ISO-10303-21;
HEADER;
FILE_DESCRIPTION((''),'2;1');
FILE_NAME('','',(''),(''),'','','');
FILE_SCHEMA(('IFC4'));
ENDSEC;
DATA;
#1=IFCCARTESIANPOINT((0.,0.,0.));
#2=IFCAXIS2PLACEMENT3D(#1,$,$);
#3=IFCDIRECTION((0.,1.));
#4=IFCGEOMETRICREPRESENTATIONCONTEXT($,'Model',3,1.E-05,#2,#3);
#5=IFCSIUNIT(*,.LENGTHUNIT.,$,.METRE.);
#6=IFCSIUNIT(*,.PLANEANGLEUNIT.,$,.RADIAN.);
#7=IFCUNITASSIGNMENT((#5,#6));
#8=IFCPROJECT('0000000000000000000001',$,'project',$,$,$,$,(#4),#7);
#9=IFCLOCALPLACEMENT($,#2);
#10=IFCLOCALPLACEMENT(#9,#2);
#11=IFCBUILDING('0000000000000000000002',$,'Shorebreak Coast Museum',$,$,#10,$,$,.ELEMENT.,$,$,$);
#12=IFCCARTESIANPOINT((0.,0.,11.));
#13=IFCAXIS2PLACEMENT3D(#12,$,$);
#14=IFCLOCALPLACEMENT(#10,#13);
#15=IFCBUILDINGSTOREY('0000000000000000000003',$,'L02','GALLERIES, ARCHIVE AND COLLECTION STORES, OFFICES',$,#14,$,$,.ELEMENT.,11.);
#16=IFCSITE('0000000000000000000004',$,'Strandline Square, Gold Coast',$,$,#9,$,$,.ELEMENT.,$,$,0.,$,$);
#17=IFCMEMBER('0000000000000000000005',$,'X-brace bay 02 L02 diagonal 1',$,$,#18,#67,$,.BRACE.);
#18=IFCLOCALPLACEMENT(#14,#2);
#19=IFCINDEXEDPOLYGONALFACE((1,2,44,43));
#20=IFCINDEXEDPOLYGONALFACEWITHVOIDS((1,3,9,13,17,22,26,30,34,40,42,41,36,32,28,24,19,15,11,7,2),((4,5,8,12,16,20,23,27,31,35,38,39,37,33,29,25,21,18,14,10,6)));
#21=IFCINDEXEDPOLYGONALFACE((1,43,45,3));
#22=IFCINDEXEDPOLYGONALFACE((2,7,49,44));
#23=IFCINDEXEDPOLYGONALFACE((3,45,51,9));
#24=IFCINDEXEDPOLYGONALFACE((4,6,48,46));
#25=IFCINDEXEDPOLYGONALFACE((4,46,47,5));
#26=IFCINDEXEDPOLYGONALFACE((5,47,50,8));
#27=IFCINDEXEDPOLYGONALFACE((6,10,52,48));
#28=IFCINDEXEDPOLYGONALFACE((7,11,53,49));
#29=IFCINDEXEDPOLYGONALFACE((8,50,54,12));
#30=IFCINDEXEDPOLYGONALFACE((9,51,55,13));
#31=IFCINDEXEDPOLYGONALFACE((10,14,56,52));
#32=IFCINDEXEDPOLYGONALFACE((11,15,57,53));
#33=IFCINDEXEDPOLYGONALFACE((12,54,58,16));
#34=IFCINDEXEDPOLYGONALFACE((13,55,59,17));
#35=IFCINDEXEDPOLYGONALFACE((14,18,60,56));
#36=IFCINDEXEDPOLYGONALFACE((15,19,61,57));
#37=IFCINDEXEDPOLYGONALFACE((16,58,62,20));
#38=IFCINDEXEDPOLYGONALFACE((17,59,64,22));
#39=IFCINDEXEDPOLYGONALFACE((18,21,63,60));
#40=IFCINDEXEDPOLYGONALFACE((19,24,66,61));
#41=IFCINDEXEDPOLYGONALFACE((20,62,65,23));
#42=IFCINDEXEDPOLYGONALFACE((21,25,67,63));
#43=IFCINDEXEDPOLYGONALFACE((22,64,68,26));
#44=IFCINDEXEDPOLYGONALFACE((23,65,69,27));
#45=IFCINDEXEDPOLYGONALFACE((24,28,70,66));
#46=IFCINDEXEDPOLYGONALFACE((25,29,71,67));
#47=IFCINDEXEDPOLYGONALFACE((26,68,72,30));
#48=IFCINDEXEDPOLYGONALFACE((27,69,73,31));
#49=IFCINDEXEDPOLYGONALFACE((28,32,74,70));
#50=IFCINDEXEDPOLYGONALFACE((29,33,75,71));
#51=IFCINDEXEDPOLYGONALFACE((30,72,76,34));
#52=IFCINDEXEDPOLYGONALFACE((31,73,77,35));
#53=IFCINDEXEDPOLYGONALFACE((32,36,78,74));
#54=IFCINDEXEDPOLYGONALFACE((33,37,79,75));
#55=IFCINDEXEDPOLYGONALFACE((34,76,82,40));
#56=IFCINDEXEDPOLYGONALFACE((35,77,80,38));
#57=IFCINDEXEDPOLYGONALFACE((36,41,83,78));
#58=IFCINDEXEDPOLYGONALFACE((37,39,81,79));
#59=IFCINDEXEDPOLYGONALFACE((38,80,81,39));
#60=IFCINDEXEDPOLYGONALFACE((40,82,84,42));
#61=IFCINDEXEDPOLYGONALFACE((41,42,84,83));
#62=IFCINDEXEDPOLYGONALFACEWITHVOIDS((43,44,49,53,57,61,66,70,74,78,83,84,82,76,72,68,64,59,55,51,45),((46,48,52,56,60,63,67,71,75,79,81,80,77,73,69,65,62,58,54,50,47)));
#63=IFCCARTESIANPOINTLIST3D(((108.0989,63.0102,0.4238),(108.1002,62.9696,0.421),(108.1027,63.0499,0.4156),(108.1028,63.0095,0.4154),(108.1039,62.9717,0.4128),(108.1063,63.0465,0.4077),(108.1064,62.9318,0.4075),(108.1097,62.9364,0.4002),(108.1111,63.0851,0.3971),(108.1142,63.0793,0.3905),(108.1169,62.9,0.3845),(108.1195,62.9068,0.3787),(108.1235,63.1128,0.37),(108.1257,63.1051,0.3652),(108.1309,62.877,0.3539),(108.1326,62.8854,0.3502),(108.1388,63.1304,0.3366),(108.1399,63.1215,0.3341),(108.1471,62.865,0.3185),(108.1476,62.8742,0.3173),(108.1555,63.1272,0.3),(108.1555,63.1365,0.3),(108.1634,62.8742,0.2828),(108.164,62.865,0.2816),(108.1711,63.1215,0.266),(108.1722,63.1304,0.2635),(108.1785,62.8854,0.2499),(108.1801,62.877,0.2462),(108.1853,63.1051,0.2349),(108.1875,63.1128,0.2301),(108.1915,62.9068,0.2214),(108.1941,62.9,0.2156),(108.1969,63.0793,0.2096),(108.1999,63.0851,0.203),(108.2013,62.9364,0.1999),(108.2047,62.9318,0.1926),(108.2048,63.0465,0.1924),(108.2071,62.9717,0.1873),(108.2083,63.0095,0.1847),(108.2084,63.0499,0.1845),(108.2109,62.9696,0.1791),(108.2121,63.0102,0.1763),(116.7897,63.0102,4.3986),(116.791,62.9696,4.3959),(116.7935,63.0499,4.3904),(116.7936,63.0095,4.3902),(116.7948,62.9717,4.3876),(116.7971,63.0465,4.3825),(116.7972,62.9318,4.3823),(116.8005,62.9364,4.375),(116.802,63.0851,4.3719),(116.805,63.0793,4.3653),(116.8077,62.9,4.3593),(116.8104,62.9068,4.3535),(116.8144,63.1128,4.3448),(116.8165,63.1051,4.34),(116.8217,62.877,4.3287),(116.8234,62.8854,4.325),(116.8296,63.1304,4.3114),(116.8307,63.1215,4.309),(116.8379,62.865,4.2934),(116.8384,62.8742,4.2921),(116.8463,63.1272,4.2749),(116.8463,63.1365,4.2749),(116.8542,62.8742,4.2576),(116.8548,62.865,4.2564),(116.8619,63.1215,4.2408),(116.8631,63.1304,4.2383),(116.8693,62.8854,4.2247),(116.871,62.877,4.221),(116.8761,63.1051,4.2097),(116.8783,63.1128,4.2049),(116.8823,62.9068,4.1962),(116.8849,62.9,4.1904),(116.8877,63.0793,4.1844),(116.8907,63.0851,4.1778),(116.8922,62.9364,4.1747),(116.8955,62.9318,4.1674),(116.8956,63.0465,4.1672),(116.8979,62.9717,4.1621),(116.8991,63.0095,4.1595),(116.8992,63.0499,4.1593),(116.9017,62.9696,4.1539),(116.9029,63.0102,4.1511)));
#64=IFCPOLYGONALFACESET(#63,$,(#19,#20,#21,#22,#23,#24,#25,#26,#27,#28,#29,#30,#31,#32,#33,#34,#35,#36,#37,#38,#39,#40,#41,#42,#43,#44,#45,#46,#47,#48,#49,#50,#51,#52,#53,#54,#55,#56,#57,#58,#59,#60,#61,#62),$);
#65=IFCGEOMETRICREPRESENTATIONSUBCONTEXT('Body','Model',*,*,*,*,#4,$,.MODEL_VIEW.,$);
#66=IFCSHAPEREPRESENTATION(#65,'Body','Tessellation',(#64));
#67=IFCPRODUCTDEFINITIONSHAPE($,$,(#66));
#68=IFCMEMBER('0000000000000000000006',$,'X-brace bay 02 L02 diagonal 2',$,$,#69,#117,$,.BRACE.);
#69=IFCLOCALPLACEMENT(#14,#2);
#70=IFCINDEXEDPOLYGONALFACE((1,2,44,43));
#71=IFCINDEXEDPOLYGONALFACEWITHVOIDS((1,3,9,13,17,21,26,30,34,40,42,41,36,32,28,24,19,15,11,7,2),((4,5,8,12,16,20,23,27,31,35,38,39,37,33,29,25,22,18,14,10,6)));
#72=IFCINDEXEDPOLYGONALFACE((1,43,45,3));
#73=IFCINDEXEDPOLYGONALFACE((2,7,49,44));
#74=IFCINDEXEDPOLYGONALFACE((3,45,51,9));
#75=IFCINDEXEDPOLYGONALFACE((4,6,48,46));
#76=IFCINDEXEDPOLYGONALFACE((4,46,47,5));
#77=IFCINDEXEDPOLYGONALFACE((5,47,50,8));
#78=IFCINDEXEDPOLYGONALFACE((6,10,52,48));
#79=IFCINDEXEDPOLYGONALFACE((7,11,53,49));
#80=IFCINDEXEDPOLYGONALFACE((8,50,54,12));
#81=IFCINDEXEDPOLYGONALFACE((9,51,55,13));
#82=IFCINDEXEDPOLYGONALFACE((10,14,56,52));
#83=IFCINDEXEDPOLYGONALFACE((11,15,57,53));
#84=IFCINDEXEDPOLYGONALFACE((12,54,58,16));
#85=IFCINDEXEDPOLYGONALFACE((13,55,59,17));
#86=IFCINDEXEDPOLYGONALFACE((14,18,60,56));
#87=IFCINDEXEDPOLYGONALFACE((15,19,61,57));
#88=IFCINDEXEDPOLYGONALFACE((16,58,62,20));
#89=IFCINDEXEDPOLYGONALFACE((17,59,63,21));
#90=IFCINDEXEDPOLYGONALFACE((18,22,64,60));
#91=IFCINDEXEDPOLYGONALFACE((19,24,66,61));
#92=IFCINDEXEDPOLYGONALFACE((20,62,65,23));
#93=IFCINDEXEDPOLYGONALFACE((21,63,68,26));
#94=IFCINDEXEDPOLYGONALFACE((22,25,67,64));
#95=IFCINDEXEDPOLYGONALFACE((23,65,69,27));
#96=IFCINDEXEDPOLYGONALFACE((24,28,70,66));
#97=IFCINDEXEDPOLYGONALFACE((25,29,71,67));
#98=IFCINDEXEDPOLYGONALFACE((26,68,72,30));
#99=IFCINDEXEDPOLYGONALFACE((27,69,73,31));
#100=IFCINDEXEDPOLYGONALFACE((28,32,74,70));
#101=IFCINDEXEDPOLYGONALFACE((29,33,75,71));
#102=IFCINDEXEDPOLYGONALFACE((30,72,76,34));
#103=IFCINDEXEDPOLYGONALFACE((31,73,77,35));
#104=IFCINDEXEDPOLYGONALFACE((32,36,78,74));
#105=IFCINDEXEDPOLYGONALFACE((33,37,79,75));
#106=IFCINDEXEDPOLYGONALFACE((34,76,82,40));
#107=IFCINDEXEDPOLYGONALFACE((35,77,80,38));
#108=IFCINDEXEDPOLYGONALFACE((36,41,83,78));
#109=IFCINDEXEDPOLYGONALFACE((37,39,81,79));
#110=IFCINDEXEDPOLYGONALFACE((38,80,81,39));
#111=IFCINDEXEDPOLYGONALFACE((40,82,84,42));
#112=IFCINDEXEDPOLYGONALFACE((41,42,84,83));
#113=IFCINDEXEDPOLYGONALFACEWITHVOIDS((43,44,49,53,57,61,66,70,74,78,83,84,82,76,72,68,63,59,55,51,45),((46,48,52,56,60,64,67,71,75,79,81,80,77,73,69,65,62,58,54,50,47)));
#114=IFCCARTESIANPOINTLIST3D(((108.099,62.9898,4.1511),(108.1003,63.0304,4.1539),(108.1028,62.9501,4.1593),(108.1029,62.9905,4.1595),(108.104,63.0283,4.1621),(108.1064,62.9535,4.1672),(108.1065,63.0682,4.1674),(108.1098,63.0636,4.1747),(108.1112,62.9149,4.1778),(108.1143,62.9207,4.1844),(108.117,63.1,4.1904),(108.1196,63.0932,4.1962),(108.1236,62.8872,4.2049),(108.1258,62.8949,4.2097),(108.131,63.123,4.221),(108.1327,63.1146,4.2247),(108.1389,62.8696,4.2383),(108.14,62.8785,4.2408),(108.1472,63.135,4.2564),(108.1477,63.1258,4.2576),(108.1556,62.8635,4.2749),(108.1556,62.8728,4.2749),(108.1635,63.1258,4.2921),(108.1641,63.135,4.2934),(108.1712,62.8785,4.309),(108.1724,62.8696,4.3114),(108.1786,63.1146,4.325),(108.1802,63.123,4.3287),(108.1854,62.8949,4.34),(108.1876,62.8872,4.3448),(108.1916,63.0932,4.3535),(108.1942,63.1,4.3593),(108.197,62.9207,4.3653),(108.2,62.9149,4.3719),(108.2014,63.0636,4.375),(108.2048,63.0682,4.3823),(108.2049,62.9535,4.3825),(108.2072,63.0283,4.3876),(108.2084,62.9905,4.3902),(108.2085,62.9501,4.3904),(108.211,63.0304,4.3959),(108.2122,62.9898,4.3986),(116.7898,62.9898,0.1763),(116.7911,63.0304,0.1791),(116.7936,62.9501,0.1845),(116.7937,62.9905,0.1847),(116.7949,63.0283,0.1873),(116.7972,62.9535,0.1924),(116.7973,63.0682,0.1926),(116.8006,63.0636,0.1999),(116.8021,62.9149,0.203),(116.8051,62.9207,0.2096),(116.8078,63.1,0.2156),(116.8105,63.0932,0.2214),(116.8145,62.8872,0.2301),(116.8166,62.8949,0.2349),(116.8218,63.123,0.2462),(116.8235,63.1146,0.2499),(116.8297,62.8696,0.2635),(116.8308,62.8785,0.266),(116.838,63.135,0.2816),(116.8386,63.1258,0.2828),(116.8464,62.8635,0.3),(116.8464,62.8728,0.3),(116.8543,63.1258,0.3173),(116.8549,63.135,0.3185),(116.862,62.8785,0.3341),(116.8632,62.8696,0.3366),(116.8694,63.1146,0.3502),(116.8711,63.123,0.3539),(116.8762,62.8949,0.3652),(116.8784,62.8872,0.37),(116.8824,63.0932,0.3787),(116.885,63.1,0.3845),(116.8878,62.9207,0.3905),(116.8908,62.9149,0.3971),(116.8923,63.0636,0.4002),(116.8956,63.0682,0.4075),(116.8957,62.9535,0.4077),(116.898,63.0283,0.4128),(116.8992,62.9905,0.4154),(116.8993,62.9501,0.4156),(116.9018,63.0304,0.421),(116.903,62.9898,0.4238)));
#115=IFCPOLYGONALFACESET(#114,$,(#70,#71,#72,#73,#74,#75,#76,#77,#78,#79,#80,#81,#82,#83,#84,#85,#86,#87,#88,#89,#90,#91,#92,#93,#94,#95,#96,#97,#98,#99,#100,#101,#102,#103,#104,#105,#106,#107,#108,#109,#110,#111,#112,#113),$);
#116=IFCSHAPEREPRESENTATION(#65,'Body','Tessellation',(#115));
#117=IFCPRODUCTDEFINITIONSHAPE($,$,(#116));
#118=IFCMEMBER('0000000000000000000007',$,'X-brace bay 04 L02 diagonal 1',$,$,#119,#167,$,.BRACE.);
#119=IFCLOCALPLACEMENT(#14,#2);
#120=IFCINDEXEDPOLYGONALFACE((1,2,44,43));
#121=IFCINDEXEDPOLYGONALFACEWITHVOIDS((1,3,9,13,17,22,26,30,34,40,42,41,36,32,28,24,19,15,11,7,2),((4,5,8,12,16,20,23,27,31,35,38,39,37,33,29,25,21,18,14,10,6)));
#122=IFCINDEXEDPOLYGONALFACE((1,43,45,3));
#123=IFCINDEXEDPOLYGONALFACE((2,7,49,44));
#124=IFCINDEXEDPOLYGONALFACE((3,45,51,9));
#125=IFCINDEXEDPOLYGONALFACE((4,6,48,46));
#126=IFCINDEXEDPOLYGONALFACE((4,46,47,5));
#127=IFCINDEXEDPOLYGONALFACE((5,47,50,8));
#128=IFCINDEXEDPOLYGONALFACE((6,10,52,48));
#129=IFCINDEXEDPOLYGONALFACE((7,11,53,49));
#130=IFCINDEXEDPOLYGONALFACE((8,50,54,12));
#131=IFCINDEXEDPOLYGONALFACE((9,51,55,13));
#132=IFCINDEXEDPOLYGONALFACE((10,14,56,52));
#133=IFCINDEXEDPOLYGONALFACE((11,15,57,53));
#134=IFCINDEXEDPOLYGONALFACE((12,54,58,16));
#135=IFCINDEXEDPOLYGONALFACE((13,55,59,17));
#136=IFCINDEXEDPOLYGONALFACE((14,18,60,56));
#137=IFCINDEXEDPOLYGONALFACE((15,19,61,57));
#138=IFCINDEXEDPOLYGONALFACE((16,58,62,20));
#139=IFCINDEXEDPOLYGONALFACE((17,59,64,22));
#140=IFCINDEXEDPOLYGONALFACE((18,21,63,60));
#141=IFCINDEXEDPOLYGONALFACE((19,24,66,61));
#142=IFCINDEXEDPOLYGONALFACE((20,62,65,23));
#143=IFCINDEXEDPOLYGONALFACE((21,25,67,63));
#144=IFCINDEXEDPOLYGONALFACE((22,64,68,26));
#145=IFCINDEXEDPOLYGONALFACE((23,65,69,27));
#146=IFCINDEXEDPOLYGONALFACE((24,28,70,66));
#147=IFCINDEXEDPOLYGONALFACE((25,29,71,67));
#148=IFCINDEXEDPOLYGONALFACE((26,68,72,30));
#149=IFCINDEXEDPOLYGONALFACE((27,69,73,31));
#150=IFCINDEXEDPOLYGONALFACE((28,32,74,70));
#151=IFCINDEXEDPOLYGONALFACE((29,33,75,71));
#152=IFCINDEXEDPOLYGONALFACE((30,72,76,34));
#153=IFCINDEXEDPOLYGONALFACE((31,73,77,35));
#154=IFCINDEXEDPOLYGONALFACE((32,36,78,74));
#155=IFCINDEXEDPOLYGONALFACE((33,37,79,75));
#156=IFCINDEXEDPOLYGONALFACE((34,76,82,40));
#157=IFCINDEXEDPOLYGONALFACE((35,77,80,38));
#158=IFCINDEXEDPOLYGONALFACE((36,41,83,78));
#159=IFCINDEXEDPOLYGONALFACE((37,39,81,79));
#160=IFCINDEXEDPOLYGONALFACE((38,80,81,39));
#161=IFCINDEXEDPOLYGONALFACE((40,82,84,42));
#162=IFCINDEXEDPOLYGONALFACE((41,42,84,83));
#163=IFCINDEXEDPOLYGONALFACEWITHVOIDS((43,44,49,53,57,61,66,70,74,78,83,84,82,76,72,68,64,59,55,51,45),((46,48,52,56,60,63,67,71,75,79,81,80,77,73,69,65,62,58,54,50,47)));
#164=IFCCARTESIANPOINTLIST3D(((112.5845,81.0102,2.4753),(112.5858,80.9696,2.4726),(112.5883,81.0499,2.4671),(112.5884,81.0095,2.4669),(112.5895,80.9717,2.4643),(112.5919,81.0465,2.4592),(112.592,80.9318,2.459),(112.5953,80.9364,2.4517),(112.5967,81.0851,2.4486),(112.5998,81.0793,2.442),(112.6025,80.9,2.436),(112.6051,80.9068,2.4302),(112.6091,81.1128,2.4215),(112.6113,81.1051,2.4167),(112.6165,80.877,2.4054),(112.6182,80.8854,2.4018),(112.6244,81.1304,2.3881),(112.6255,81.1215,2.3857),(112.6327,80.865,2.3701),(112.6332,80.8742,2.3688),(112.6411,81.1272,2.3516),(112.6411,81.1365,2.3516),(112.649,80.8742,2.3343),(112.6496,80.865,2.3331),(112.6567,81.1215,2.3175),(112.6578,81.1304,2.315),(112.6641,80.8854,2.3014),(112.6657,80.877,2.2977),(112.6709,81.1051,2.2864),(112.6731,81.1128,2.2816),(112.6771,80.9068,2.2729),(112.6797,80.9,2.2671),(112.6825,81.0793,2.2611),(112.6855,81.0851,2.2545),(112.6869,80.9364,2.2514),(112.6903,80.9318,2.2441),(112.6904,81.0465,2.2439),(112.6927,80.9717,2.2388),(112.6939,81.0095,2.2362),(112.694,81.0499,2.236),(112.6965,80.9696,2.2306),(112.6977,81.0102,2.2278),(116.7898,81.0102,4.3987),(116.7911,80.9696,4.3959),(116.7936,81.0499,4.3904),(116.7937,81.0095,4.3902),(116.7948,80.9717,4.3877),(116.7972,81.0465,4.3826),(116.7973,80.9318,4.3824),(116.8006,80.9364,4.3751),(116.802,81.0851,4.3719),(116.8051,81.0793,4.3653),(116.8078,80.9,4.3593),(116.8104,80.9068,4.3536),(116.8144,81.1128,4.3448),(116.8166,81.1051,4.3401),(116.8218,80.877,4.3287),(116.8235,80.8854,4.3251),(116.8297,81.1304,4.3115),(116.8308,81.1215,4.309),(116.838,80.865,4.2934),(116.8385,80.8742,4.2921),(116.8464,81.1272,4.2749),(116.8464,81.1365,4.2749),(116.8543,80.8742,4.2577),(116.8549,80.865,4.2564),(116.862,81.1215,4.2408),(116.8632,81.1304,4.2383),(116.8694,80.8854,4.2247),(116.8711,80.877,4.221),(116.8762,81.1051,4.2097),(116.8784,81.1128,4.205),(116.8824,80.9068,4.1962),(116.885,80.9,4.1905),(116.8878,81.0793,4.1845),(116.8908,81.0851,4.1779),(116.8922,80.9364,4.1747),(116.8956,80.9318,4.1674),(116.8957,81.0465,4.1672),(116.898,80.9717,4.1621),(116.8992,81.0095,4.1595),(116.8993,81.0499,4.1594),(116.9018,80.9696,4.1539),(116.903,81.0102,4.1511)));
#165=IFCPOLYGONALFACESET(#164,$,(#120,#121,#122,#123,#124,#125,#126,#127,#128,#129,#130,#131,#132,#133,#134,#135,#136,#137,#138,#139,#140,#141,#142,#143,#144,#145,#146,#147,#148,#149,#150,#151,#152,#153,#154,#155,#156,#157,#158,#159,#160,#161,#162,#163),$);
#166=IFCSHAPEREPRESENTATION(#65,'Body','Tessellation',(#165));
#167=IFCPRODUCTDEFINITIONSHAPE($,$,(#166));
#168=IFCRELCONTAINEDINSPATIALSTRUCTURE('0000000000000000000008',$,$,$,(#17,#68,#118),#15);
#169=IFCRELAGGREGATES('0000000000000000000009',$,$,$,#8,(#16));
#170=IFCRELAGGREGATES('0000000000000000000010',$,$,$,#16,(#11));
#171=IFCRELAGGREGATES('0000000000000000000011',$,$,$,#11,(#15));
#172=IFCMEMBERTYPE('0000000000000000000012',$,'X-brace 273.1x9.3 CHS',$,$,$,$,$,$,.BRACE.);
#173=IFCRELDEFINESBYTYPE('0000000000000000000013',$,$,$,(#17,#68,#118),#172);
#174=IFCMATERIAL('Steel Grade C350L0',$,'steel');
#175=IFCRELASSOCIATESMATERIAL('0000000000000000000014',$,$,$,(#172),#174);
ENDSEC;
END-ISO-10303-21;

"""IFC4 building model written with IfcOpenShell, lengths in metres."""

from ifc_helpers import new_model, si_unit, direction, frame, origin, origin_2d, place, context, subcontext, project, spatial, hollow_circle, extrude, material, material_profile, profile_set, type_object, element, save


model = new_model("IFC4")

# Units and contexts
model_context = context("Model", 3, precision=1e-05, world=origin(), true_north=direction((0.0, 1.0)))
body_context = subcontext(model_context, "Body", "Model", "MODEL_VIEW")
ifc_project = project(units=[si_unit("LENGTHUNIT", "METRE"), si_unit("PLANEANGLEUNIT", "RADIAN")], contexts=[model_context])

# Site, building, storey
site_placement = place(None, origin())
site = spatial("IfcSite", under=ifc_project, at=site_placement, Name="Strandline Square, Gold Coast", CompositionType="ELEMENT", RefElevation=0.0)
building_placement = place(site_placement, origin())
building = spatial("IfcBuilding", under=site, at=building_placement, Name="Shorebreak Coast Museum", CompositionType="ELEMENT")
storey_placement = place(building_placement, frame((0.0, 0.0, 11.0)))
storey = spatial("IfcBuildingStorey", under=building, at=storey_placement, Name="L02", Description="GALLERIES, ARCHIVE AND COLLECTION STORES, OFFICES", CompositionType="ELEMENT", Elevation=11.0)

# Members
ifc_material_1 = material(Name="Steel Grade C350L0", Category="steel")
ifc_material_profile_1 = material_profile(ifc_material_1, hollow_circle(Radius=0.1365, WallThickness=0.0093, at=origin_2d()), Name="273.1x9.3 CHS")
ifc_profile_set_1 = profile_set([ifc_material_profile_1], Name="Steel Grade C350L0")
member_type_1 = type_object("IfcMemberType", Name="X-brace 273.1x9.3 CHS", PredefinedType="BRACE", material=ifc_profile_set_1)
for number, where, z_axis, x_axis, name in (
    (1, (108.1555, 63.0, 0.3), (0.909401, 0.0, 0.415921), (0.0, 1.0, 0.0), "X-brace bay 02 L02 diagonal 1"),
    (2, (116.8464, 63.0, 0.3), (-0.909401, 0.0, 0.415921), (0.0, -1.0, 0.0), "X-brace bay 02 L02 diagonal 2"),
):
    element("IfcMember", number, at=place(storey_placement, frame(where, z_axis=z_axis, x_axis=x_axis)), inside=storey, type_object=member_type_1, Name=name, PredefinedType="BRACE", context=body_context, shape_type="SweptSolid", body=[
        extrude(hollow_circle(Radius=0.1365, WallThickness=0.0093, at=origin_2d()), origin(), (0.0, 0.0, 1.0), 9.5566),
    ])
member_1_placement = place(storey_placement, frame((112.6411, 81.0, 2.3516), z_axis=(0.9094, 0.0, 0.415922), x_axis=(0.0, 1.0, 0.0)))
element("IfcMember", 3, at=member_1_placement, inside=storey, type_object=member_type_1, Name="X-brace bay 04 L02 diagonal 1", PredefinedType="BRACE", context=body_context, shape_type="SweptSolid", body=[
    extrude(hollow_circle(Radius=0.1365, WallThickness=0.0093, at=origin_2d()), origin(), (0.0, 0.0, 1.0), 4.6243),
])

save(model, "model.ifc")
